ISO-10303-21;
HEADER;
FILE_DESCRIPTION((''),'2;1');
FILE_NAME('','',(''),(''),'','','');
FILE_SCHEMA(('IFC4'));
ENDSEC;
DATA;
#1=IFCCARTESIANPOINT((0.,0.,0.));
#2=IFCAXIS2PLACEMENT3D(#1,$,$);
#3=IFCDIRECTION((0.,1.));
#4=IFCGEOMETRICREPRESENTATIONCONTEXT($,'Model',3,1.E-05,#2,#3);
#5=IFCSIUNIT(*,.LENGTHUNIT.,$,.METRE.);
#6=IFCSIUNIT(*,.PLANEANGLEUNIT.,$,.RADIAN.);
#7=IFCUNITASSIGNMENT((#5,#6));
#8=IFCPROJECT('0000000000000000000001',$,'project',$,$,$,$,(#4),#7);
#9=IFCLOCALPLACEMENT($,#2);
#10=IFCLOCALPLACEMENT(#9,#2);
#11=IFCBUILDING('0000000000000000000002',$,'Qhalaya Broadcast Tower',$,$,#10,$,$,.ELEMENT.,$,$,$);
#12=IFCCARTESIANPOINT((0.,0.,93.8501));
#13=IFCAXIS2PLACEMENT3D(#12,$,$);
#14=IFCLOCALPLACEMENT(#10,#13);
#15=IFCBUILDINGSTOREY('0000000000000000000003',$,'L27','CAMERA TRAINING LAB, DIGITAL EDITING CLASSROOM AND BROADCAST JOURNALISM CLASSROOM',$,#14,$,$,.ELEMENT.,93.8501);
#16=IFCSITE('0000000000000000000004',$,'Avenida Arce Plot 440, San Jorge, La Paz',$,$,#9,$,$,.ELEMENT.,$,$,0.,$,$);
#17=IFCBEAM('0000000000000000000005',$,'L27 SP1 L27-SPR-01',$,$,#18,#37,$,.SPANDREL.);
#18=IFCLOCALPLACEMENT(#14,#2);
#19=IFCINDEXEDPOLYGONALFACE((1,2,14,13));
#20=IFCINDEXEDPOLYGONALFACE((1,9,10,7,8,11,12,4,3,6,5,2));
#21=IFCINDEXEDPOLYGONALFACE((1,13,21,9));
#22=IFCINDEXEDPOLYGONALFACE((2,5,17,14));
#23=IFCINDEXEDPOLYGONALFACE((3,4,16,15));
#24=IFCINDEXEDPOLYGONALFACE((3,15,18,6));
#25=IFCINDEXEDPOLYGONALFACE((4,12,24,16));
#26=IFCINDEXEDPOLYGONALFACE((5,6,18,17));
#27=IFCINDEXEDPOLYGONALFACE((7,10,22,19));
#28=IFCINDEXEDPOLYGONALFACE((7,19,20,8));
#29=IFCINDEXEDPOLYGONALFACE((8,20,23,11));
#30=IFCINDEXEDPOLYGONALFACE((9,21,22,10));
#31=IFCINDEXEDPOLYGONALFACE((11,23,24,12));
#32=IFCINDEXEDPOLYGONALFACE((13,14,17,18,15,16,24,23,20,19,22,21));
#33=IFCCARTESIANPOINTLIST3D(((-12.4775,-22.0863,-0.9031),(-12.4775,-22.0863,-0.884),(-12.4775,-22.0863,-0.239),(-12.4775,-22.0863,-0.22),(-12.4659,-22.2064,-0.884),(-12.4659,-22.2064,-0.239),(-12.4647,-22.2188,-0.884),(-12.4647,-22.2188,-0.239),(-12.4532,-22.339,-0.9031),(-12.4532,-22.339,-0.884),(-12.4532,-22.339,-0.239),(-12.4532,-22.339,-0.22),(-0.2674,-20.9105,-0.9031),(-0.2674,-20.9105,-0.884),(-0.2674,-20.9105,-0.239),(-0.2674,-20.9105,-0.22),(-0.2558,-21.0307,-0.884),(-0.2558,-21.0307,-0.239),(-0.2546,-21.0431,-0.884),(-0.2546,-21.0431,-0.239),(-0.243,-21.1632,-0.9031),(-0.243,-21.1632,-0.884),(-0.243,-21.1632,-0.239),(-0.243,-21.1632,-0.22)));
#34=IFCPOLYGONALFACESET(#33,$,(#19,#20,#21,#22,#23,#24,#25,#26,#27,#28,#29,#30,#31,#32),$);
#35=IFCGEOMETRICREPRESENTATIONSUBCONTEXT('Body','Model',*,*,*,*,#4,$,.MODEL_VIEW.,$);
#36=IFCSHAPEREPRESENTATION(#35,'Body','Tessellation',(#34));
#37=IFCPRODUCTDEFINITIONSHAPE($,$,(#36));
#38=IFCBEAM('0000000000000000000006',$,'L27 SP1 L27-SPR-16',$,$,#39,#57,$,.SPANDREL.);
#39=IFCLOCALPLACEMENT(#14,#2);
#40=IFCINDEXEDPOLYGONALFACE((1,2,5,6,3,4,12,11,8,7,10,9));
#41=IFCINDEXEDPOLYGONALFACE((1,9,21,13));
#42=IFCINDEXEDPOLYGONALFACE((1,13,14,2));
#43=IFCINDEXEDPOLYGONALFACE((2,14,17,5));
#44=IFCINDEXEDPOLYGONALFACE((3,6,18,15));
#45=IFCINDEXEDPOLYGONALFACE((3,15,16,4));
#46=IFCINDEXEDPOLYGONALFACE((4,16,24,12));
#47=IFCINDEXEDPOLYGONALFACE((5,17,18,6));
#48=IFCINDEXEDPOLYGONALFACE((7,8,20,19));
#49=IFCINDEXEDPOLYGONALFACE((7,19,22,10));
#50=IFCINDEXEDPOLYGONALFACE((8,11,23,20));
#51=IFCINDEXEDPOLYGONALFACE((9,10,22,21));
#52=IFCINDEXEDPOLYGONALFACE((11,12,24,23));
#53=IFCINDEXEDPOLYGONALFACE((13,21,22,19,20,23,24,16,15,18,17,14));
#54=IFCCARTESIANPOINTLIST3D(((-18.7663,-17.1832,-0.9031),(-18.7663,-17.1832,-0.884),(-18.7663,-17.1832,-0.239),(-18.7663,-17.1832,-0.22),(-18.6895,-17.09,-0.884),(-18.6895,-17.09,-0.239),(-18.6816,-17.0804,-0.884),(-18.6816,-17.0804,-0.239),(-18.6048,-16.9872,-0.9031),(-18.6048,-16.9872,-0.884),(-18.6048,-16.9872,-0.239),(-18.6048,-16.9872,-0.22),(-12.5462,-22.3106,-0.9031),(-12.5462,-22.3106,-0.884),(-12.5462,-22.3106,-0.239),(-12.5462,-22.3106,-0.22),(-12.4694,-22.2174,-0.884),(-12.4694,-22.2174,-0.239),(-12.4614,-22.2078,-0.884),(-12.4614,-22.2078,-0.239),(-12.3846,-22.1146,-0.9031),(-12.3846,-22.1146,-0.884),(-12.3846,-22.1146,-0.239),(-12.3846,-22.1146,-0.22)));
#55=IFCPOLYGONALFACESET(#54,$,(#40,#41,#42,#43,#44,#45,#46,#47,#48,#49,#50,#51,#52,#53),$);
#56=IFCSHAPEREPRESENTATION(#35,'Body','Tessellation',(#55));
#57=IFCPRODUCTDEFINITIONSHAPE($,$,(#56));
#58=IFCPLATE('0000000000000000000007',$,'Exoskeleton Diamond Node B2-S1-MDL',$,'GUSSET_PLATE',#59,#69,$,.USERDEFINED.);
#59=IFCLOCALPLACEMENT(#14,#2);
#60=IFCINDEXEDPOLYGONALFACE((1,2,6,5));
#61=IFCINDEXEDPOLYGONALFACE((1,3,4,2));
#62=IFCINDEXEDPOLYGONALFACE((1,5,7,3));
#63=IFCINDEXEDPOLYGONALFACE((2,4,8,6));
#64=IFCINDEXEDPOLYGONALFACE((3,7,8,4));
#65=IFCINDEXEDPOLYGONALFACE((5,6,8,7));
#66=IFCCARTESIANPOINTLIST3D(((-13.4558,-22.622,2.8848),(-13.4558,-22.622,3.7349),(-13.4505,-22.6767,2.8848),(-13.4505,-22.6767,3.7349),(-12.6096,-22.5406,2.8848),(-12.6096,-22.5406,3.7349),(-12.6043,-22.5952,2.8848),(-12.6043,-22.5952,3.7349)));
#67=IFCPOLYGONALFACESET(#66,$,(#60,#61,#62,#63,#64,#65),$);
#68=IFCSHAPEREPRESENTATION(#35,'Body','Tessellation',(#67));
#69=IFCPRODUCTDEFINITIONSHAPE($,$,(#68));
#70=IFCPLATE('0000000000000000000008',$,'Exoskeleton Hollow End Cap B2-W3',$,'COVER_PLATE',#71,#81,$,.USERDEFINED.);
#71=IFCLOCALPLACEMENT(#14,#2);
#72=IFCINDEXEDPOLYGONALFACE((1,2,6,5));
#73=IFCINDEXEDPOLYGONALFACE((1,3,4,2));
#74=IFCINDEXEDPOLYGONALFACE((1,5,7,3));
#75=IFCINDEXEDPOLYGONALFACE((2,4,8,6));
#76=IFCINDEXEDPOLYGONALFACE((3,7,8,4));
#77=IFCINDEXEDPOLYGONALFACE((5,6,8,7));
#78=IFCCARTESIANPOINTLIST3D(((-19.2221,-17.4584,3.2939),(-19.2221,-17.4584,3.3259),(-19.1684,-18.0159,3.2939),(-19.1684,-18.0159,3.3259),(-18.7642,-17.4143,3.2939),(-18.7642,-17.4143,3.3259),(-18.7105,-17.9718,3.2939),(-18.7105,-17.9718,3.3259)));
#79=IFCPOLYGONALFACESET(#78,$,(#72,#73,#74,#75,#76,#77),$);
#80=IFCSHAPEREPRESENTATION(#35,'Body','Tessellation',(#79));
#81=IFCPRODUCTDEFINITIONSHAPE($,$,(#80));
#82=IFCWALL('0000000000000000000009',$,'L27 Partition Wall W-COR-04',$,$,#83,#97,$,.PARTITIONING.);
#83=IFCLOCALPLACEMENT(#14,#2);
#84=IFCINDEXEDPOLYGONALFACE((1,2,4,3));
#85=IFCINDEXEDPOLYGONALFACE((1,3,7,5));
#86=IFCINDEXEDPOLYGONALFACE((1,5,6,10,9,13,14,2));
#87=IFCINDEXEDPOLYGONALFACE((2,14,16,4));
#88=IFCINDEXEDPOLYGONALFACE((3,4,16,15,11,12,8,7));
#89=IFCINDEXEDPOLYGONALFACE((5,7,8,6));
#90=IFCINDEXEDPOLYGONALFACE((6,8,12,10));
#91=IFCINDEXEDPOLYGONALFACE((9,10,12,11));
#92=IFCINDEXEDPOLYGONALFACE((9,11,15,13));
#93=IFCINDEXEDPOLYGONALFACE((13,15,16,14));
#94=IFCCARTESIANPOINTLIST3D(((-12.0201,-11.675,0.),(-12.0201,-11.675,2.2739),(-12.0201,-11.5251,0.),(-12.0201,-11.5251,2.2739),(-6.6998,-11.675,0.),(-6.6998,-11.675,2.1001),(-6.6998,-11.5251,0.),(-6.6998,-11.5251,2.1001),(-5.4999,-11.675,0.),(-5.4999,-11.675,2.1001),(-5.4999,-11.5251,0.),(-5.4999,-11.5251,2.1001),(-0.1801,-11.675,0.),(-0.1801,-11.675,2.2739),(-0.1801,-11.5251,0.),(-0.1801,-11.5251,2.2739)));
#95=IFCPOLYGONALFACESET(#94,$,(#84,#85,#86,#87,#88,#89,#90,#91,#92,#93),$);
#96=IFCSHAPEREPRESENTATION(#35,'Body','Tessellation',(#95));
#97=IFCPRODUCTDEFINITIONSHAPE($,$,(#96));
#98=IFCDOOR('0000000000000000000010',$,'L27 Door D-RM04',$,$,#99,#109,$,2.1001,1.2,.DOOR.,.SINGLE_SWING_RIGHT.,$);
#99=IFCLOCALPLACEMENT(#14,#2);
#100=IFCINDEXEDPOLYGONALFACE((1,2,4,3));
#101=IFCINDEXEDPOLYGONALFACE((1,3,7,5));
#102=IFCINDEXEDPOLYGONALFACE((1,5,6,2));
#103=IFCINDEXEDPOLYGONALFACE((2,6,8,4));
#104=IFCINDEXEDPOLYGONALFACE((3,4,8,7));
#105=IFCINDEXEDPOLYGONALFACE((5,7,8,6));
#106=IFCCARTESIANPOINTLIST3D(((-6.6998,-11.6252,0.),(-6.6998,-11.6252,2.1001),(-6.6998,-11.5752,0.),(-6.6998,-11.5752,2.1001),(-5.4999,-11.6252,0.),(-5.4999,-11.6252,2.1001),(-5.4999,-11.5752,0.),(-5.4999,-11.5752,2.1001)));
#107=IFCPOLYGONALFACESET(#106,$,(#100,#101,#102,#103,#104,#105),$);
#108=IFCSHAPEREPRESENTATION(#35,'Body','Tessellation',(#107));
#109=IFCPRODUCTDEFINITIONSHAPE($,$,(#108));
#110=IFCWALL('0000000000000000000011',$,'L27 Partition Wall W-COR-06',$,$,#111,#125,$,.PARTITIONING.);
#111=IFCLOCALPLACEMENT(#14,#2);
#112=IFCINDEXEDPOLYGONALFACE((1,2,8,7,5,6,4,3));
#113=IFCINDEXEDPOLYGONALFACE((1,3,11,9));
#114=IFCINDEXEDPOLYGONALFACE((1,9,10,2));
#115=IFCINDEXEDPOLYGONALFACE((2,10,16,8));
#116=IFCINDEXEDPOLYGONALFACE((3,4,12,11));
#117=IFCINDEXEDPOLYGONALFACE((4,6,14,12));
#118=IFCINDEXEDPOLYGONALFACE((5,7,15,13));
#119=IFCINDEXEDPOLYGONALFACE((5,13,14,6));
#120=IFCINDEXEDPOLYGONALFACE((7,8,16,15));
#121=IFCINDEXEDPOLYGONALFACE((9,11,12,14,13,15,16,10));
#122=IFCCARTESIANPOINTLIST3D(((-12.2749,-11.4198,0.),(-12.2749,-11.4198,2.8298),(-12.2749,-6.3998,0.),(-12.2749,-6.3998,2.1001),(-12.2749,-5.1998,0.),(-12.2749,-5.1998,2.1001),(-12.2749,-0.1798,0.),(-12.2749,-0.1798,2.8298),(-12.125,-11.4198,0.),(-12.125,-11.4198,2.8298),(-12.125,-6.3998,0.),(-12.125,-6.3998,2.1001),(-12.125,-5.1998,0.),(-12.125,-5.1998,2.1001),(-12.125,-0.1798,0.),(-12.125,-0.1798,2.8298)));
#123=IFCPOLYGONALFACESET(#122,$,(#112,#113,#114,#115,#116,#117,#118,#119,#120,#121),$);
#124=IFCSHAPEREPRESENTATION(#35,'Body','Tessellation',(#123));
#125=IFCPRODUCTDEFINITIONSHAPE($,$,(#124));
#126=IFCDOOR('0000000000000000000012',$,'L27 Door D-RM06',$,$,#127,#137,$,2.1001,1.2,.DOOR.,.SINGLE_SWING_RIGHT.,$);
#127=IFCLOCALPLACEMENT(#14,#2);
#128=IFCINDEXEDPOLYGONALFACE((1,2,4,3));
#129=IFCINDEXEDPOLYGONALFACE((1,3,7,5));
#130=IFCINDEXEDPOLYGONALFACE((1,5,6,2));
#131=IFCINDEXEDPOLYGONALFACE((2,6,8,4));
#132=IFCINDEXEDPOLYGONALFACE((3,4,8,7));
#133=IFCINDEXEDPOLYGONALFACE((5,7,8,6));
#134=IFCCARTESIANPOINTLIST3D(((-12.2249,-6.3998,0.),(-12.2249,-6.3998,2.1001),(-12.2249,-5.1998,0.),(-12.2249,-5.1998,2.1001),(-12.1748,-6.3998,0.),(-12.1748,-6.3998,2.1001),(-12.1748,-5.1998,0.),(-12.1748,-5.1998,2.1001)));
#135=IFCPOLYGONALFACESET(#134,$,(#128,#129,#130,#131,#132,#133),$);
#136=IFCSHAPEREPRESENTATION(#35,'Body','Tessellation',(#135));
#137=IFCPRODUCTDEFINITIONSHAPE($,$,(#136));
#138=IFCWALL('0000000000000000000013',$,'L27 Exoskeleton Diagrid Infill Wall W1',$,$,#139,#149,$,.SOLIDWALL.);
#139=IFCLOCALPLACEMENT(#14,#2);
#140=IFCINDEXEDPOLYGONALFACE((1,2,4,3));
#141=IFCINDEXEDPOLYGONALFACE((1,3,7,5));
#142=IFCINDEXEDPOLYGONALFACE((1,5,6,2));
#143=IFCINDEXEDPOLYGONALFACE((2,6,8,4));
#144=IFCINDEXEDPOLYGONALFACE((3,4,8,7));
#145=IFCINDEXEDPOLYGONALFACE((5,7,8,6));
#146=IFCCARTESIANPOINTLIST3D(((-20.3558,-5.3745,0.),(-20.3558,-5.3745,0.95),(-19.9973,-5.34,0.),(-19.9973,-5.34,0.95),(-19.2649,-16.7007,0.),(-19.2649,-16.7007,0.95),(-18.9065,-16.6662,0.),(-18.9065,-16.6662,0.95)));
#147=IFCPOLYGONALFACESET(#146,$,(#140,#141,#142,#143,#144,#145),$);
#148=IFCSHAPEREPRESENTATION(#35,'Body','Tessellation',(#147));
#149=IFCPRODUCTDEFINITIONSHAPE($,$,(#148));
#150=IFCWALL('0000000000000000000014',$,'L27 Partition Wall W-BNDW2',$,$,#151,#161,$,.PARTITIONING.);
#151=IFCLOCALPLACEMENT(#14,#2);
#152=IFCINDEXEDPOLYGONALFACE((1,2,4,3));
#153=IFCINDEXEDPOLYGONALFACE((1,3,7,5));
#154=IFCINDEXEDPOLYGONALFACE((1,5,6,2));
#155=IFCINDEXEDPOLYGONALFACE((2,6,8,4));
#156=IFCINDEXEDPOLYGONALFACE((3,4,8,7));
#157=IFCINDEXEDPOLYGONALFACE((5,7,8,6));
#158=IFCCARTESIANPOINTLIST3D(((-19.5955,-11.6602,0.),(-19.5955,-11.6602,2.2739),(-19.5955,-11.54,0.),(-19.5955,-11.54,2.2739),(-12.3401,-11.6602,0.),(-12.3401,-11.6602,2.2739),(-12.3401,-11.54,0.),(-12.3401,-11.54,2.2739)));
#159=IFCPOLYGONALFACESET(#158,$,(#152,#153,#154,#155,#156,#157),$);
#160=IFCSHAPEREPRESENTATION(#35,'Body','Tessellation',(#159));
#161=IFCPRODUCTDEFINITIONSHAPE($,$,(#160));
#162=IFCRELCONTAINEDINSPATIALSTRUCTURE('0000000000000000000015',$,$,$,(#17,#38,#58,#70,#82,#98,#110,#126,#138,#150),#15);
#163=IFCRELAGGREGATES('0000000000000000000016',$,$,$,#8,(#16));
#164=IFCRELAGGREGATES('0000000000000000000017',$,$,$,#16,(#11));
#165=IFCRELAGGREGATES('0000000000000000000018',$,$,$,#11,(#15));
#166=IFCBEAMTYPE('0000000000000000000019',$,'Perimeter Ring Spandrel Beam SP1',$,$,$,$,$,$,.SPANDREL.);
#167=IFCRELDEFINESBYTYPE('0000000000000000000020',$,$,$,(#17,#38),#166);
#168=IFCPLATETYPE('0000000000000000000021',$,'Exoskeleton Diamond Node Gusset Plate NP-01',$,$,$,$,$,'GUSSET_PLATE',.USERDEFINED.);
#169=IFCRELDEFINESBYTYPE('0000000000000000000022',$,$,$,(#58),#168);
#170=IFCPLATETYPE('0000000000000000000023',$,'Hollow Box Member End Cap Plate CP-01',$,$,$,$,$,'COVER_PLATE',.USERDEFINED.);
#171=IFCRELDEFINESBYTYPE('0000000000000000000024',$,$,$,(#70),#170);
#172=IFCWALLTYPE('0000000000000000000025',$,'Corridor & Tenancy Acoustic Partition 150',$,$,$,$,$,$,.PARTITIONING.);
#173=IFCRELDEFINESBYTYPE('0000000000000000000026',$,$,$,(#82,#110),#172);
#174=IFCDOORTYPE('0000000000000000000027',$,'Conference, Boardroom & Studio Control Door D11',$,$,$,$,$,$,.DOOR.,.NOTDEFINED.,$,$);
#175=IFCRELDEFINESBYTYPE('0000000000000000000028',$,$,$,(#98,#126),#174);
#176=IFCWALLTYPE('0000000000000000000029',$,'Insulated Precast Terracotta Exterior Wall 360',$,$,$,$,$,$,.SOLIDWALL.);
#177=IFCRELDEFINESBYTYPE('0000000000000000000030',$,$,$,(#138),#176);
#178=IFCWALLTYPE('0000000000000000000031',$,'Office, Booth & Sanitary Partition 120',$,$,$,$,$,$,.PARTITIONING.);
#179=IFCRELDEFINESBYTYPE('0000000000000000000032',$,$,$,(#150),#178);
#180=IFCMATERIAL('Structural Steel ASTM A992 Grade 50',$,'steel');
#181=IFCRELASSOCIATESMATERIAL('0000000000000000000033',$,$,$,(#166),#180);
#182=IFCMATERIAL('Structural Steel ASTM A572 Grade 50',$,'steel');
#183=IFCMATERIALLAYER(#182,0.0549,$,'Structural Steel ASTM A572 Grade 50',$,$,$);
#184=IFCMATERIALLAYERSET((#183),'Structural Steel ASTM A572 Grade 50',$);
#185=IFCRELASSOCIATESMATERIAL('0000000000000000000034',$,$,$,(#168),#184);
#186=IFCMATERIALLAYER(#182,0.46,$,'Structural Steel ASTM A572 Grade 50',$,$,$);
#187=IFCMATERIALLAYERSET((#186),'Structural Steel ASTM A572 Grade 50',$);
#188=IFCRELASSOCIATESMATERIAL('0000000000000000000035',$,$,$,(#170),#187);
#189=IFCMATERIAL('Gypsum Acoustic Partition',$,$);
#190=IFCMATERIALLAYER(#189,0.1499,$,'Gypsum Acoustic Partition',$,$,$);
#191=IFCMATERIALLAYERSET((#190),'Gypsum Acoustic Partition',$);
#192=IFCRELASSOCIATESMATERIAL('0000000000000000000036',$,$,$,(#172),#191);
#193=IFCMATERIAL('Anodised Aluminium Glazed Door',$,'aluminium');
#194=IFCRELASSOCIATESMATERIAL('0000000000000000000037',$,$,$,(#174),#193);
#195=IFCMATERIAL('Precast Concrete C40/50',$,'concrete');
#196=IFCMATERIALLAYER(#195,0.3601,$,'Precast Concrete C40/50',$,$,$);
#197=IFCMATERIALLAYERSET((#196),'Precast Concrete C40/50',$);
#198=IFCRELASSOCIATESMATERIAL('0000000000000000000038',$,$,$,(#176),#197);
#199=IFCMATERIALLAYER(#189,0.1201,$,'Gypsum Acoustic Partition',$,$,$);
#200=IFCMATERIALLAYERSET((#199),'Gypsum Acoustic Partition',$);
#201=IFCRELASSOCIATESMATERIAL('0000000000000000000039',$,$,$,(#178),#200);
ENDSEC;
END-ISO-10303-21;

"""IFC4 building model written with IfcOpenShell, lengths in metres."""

from ifc_helpers import new_model, si_unit, direction, frame, frame_2d, origin, origin_2d, place, context, subcontext, project, spatial, rectangle, i_section, extrude, material, layer, layer_set, material_profile, profile_set, type_object, element, fill, save


model = new_model("IFC4")

# Units and contexts
model_context = context("Model", 3, precision=1e-05, world=origin(), true_north=direction((0.0, 1.0)))
body_context = subcontext(model_context, "Body", "Model", "MODEL_VIEW")
ifc_project = project(units=[si_unit("LENGTHUNIT", "METRE"), si_unit("PLANEANGLEUNIT", "RADIAN")], contexts=[model_context])

# Site, building, storey
site_placement = place(None, origin())
site = spatial("IfcSite", under=ifc_project, at=site_placement, Name="Avenida Arce Plot 440, San Jorge, La Paz", CompositionType="ELEMENT", RefElevation=0.0)
building_placement = place(site_placement, origin())
building = spatial("IfcBuilding", under=site, at=building_placement, Name="Qhalaya Broadcast Tower", CompositionType="ELEMENT")
storey_placement = place(building_placement, frame((0.0, 0.0, 93.8501)))
storey = spatial("IfcBuildingStorey", under=building, at=storey_placement, Name="L27", Description="CAMERA TRAINING LAB, DIGITAL EDITING CLASSROOM AND BROADCAST JOURNALISM CLASSROOM", CompositionType="ELEMENT", Elevation=93.8501)

# Shared definitions
ifc_material_1 = material(Name="Structural Steel ASTM A992 Grade 50", Category="steel")
ifc_material_2 = material(Name="Structural Steel ASTM A572 Grade 50", Category="steel")

# Beams
ifc_material_profile_1 = material_profile(ifc_material_1, i_section(OverallWidth=0.2539, OverallDepth=0.6831, WebThickness=0.0125, FlangeThickness=0.019, at=origin_2d()), Name="W27X94")
ifc_profile_set_1 = profile_set([ifc_material_profile_1], Name="Structural Steel ASTM A992 Grade 50")
beam_type_1 = type_object("IfcBeamType", Name="Perimeter Ring Spandrel Beam SP1", PredefinedType="SPANDREL", material=ifc_profile_set_1)
beam_1_placement = place(storey_placement, frame((-12.4653, -22.2126, -0.5615), z_axis=(0.995396, 0.095852, 0.0), x_axis=(-0.095852, 0.995396, 0.0)))
element("IfcBeam", 1, at=beam_1_placement, inside=storey, type_object=beam_type_1, Name="L27 SP1 L27-SPR-01", PredefinedType="SPANDREL", context=body_context, shape_type="SweptSolid", body=[
    extrude(i_section(OverallWidth=0.2539, OverallDepth=0.6831, WebThickness=0.0125, FlangeThickness=0.019, at=origin_2d()), origin(), (0.0, 0.0, 1.0), 12.2666),
])
beam_2_placement = place(storey_placement, frame((-18.6855, -17.0852, -0.5615), z_axis=(0.771631, -0.63607, 0.0), x_axis=(0.63607, 0.771631, 0.0)))
element("IfcBeam", 2, at=beam_2_placement, inside=storey, type_object=beam_type_1, Name="L27 SP1 L27-SPR-16", PredefinedType="SPANDREL", context=body_context, shape_type="SweptSolid", body=[
    extrude(i_section(OverallWidth=0.2539, OverallDepth=0.6831, WebThickness=0.0125, FlangeThickness=0.019, at=origin_2d()), origin(), (0.0, 0.0, 1.0), 8.061),
])

# Plates
ifc_layer_1 = layer(ifc_material_2, 0.0549, Name="Structural Steel ASTM A572 Grade 50")
ifc_layer_set_1 = layer_set([ifc_layer_1], Name="Structural Steel ASTM A572 Grade 50")
plate_type_1 = type_object("IfcPlateType", Name="Exoskeleton Diamond Node Gusset Plate NP-01", ElementType="GUSSET_PLATE", PredefinedType="USERDEFINED", material=ifc_layer_set_1)
plate_1_placement = place(storey_placement, frame((-13.03, -22.6086, 2.8848), z_axis=(0.0, 0.0, 1.0), x_axis=(0.995396, 0.095846, 0.0)))
element("IfcPlate", 3, at=plate_1_placement, inside=storey, type_object=plate_type_1, Name="Exoskeleton Diamond Node B2-S1-MDL", ObjectType="GUSSET_PLATE", PredefinedType="USERDEFINED", context=body_context, shape_type="SweptSolid", body=[
    extrude(rectangle(XDim=0.8501, YDim=0.0549, at=origin_2d()), origin(), (0.0, 0.0, 1.0), 0.8501),
])
ifc_layer_2 = layer(ifc_material_2, 0.46, Name="Structural Steel ASTM A572 Grade 50")
ifc_layer_set_2 = layer_set([ifc_layer_2], Name="Structural Steel ASTM A572 Grade 50")
plate_type_2 = type_object("IfcPlateType", Name="Hollow Box Member End Cap Plate CP-01", ElementType="COVER_PLATE", PredefinedType="USERDEFINED", material=ifc_layer_set_2)
plate_2_placement = place(storey_placement, frame((-18.9663, -17.7151, 3.2939), z_axis=(0.0, 0.0, 1.0), x_axis=(-0.095846, 0.995396, 0.0)))
element("IfcPlate", 4, at=plate_2_placement, inside=storey, type_object=plate_type_2, Name="Exoskeleton Hollow End Cap B2-W3", ObjectType="COVER_PLATE", PredefinedType="USERDEFINED", context=body_context, shape_type="SweptSolid", body=[
    extrude(rectangle(XDim=0.5601, YDim=0.46, at=origin_2d()), origin(), (0.0, 0.0, 1.0), 0.032),
])

# Walls, openings, doors
ifc_material_3 = material(Name="Gypsum Acoustic Partition")
ifc_layer_3 = layer(ifc_material_3, 0.1499, Name="Gypsum Acoustic Partition")
ifc_layer_set_3 = layer_set([ifc_layer_3], Name="Gypsum Acoustic Partition")
wall_type_1 = type_object("IfcWallType", Name="Corridor & Tenancy Acoustic Partition 150", PredefinedType="PARTITIONING", material=ifc_layer_set_3)
wall_1_placement = place(storey_placement, frame((-12.02, -11.6001, 0.0), z_axis=(0.0, 0.0, 1.0), x_axis=(1.0, 0.0, 0.0)))
wall_1 = element("IfcWall", 5, at=wall_1_placement, inside=storey, type_object=wall_type_1, Name="L27 Partition Wall W-COR-04", PredefinedType="PARTITIONING", context=body_context, shape_type="SweptSolid", body=[
    extrude(rectangle(XDim=11.8401, YDim=0.1499, at=frame_2d((5.9199, 0.0))), origin(), (0.0, 0.0, 1.0), 2.2739),
])
opening_1_placement = place(wall_1_placement, frame((5.3201, 0.0, 0.0)))
opening_1 = element("IfcOpeningElement", 6, at=opening_1_placement, cuts=wall_1, PredefinedType="OPENING", context=body_context, shape_type="SweptSolid", body=[
    extrude(rectangle(XDim=1.2, YDim=2.1001, at=frame_2d((0.6001, 1.05))), frame((0.0, 0.0869, 0.0), z_axis=(0.0, -1.0, 0.0), x_axis=(1.0, 0.0, 0.0)), (0.0, 0.0, 1.0), 0.1738),
])
ifc_material_4 = material(Name="Anodised Aluminium Glazed Door", Category="aluminium")
door_type = type_object("IfcDoorType", Name="Conference, Boardroom & Studio Control Door D11", OperationType="NOTDEFINED", PredefinedType="DOOR", material=ifc_material_4)
door_1_placement = place(opening_1_placement, origin())
door_1 = element("IfcDoor", 7, at=door_1_placement, inside=storey, type_object=door_type, Name="L27 Door D-RM04", OperationType="SINGLE_SWING_RIGHT", OverallHeight=2.1001, OverallWidth=1.2, PredefinedType="DOOR", context=body_context, shape_type="SweptSolid", body=[
    extrude(rectangle(XDim=1.2, YDim=2.1001, at=frame_2d((0.6001, 1.05))), frame((0.0, 0.0249, 0.0), z_axis=(0.0, -1.0, 0.0), x_axis=(1.0, 0.0, 0.0)), (0.0, 0.0, 1.0), 0.05),
])
fill(opening_1, door_1)
wall_2_placement = place(storey_placement, frame((-12.2, -11.4199, 0.0), z_axis=(0.0, 0.0, 1.0), x_axis=(0.0, 1.0, 0.0)))
wall_2 = element("IfcWall", 8, at=wall_2_placement, inside=storey, type_object=wall_type_1, Name="L27 Partition Wall W-COR-06", PredefinedType="PARTITIONING", context=body_context, shape_type="SweptSolid", body=[
    extrude(rectangle(XDim=11.24, YDim=0.1499, at=frame_2d((5.6201, 0.0))), origin(), (0.0, 0.0, 1.0), 2.8298),
])
opening_2_placement = place(wall_2_placement, frame((5.02, 0.0, 0.0)))
opening_2 = element("IfcOpeningElement", 9, at=opening_2_placement, cuts=wall_2, PredefinedType="OPENING", context=body_context, shape_type="SweptSolid", body=[
    extrude(rectangle(XDim=1.2, YDim=2.1001, at=frame_2d((0.6001, 1.05))), frame((0.0, 0.0869, 0.0), z_axis=(0.0, -1.0, 0.0), x_axis=(1.0, 0.0, 0.0)), (0.0, 0.0, 1.0), 0.1738),
])
door_2_placement = place(opening_2_placement, origin())
door_2 = element("IfcDoor", 10, at=door_2_placement, inside=storey, type_object=door_type, Name="L27 Door D-RM06", OperationType="SINGLE_SWING_RIGHT", OverallHeight=2.1001, OverallWidth=1.2, PredefinedType="DOOR", context=body_context, shape_type="SweptSolid", body=[
    extrude(rectangle(XDim=1.2, YDim=2.1001, at=frame_2d((0.6001, 1.05))), frame((0.0, 0.0249, 0.0), z_axis=(0.0, -1.0, 0.0), x_axis=(1.0, 0.0, 0.0)), (0.0, 0.0, 1.0), 0.05),
])
fill(opening_2, door_2)

# Walls
ifc_material_5 = material(Name="Precast Concrete C40/50", Category="concrete")
ifc_layer_4 = layer(ifc_material_5, 0.3601, Name="Precast Concrete C40/50")
ifc_layer_set_4 = layer_set([ifc_layer_4], Name="Precast Concrete C40/50")
wall_type_2 = type_object("IfcWallType", Name="Insulated Precast Terracotta Exterior Wall 360", PredefinedType="SOLIDWALL", material=ifc_layer_set_4)
wall_3_placement = place(storey_placement, frame((-19.0857, -16.6836, 0.0), z_axis=(0.0, 0.0, 1.0), x_axis=(-0.095866, 0.995394, 0.0)))
element("IfcWall", 11, at=wall_3_placement, inside=storey, type_object=wall_type_2, Name="L27 Exoskeleton Diagrid Infill Wall W1", PredefinedType="SOLIDWALL", context=body_context, shape_type="SweptSolid", body=[
    extrude(rectangle(XDim=11.3787, YDim=0.3601, at=frame_2d((5.6895, 0.0))), origin(), (0.0, 0.0, 1.0), 0.95),
])
ifc_layer_5 = layer(ifc_material_3, 0.1201, Name="Gypsum Acoustic Partition")
ifc_layer_set_5 = layer_set([ifc_layer_5], Name="Gypsum Acoustic Partition")
wall_type_3 = type_object("IfcWallType", Name="Office, Booth & Sanitary Partition 120", PredefinedType="PARTITIONING", material=ifc_layer_set_5)
wall_4_placement = place(storey_placement, frame((-19.5955, -11.6001, 0.0), z_axis=(0.0, 0.0, 1.0), x_axis=(1.0, 0.0, 0.0)))
element("IfcWall", 12, at=wall_4_placement, inside=storey, type_object=wall_type_3, Name="L27 Partition Wall W-BNDW2", PredefinedType="PARTITIONING", context=body_context, shape_type="SweptSolid", body=[
    extrude(rectangle(XDim=7.2554, YDim=0.1201, at=frame_2d((3.6277, 0.0))), origin(), (0.0, 0.0, 1.0), 2.2739),
])

save(model, "model.ifc")
